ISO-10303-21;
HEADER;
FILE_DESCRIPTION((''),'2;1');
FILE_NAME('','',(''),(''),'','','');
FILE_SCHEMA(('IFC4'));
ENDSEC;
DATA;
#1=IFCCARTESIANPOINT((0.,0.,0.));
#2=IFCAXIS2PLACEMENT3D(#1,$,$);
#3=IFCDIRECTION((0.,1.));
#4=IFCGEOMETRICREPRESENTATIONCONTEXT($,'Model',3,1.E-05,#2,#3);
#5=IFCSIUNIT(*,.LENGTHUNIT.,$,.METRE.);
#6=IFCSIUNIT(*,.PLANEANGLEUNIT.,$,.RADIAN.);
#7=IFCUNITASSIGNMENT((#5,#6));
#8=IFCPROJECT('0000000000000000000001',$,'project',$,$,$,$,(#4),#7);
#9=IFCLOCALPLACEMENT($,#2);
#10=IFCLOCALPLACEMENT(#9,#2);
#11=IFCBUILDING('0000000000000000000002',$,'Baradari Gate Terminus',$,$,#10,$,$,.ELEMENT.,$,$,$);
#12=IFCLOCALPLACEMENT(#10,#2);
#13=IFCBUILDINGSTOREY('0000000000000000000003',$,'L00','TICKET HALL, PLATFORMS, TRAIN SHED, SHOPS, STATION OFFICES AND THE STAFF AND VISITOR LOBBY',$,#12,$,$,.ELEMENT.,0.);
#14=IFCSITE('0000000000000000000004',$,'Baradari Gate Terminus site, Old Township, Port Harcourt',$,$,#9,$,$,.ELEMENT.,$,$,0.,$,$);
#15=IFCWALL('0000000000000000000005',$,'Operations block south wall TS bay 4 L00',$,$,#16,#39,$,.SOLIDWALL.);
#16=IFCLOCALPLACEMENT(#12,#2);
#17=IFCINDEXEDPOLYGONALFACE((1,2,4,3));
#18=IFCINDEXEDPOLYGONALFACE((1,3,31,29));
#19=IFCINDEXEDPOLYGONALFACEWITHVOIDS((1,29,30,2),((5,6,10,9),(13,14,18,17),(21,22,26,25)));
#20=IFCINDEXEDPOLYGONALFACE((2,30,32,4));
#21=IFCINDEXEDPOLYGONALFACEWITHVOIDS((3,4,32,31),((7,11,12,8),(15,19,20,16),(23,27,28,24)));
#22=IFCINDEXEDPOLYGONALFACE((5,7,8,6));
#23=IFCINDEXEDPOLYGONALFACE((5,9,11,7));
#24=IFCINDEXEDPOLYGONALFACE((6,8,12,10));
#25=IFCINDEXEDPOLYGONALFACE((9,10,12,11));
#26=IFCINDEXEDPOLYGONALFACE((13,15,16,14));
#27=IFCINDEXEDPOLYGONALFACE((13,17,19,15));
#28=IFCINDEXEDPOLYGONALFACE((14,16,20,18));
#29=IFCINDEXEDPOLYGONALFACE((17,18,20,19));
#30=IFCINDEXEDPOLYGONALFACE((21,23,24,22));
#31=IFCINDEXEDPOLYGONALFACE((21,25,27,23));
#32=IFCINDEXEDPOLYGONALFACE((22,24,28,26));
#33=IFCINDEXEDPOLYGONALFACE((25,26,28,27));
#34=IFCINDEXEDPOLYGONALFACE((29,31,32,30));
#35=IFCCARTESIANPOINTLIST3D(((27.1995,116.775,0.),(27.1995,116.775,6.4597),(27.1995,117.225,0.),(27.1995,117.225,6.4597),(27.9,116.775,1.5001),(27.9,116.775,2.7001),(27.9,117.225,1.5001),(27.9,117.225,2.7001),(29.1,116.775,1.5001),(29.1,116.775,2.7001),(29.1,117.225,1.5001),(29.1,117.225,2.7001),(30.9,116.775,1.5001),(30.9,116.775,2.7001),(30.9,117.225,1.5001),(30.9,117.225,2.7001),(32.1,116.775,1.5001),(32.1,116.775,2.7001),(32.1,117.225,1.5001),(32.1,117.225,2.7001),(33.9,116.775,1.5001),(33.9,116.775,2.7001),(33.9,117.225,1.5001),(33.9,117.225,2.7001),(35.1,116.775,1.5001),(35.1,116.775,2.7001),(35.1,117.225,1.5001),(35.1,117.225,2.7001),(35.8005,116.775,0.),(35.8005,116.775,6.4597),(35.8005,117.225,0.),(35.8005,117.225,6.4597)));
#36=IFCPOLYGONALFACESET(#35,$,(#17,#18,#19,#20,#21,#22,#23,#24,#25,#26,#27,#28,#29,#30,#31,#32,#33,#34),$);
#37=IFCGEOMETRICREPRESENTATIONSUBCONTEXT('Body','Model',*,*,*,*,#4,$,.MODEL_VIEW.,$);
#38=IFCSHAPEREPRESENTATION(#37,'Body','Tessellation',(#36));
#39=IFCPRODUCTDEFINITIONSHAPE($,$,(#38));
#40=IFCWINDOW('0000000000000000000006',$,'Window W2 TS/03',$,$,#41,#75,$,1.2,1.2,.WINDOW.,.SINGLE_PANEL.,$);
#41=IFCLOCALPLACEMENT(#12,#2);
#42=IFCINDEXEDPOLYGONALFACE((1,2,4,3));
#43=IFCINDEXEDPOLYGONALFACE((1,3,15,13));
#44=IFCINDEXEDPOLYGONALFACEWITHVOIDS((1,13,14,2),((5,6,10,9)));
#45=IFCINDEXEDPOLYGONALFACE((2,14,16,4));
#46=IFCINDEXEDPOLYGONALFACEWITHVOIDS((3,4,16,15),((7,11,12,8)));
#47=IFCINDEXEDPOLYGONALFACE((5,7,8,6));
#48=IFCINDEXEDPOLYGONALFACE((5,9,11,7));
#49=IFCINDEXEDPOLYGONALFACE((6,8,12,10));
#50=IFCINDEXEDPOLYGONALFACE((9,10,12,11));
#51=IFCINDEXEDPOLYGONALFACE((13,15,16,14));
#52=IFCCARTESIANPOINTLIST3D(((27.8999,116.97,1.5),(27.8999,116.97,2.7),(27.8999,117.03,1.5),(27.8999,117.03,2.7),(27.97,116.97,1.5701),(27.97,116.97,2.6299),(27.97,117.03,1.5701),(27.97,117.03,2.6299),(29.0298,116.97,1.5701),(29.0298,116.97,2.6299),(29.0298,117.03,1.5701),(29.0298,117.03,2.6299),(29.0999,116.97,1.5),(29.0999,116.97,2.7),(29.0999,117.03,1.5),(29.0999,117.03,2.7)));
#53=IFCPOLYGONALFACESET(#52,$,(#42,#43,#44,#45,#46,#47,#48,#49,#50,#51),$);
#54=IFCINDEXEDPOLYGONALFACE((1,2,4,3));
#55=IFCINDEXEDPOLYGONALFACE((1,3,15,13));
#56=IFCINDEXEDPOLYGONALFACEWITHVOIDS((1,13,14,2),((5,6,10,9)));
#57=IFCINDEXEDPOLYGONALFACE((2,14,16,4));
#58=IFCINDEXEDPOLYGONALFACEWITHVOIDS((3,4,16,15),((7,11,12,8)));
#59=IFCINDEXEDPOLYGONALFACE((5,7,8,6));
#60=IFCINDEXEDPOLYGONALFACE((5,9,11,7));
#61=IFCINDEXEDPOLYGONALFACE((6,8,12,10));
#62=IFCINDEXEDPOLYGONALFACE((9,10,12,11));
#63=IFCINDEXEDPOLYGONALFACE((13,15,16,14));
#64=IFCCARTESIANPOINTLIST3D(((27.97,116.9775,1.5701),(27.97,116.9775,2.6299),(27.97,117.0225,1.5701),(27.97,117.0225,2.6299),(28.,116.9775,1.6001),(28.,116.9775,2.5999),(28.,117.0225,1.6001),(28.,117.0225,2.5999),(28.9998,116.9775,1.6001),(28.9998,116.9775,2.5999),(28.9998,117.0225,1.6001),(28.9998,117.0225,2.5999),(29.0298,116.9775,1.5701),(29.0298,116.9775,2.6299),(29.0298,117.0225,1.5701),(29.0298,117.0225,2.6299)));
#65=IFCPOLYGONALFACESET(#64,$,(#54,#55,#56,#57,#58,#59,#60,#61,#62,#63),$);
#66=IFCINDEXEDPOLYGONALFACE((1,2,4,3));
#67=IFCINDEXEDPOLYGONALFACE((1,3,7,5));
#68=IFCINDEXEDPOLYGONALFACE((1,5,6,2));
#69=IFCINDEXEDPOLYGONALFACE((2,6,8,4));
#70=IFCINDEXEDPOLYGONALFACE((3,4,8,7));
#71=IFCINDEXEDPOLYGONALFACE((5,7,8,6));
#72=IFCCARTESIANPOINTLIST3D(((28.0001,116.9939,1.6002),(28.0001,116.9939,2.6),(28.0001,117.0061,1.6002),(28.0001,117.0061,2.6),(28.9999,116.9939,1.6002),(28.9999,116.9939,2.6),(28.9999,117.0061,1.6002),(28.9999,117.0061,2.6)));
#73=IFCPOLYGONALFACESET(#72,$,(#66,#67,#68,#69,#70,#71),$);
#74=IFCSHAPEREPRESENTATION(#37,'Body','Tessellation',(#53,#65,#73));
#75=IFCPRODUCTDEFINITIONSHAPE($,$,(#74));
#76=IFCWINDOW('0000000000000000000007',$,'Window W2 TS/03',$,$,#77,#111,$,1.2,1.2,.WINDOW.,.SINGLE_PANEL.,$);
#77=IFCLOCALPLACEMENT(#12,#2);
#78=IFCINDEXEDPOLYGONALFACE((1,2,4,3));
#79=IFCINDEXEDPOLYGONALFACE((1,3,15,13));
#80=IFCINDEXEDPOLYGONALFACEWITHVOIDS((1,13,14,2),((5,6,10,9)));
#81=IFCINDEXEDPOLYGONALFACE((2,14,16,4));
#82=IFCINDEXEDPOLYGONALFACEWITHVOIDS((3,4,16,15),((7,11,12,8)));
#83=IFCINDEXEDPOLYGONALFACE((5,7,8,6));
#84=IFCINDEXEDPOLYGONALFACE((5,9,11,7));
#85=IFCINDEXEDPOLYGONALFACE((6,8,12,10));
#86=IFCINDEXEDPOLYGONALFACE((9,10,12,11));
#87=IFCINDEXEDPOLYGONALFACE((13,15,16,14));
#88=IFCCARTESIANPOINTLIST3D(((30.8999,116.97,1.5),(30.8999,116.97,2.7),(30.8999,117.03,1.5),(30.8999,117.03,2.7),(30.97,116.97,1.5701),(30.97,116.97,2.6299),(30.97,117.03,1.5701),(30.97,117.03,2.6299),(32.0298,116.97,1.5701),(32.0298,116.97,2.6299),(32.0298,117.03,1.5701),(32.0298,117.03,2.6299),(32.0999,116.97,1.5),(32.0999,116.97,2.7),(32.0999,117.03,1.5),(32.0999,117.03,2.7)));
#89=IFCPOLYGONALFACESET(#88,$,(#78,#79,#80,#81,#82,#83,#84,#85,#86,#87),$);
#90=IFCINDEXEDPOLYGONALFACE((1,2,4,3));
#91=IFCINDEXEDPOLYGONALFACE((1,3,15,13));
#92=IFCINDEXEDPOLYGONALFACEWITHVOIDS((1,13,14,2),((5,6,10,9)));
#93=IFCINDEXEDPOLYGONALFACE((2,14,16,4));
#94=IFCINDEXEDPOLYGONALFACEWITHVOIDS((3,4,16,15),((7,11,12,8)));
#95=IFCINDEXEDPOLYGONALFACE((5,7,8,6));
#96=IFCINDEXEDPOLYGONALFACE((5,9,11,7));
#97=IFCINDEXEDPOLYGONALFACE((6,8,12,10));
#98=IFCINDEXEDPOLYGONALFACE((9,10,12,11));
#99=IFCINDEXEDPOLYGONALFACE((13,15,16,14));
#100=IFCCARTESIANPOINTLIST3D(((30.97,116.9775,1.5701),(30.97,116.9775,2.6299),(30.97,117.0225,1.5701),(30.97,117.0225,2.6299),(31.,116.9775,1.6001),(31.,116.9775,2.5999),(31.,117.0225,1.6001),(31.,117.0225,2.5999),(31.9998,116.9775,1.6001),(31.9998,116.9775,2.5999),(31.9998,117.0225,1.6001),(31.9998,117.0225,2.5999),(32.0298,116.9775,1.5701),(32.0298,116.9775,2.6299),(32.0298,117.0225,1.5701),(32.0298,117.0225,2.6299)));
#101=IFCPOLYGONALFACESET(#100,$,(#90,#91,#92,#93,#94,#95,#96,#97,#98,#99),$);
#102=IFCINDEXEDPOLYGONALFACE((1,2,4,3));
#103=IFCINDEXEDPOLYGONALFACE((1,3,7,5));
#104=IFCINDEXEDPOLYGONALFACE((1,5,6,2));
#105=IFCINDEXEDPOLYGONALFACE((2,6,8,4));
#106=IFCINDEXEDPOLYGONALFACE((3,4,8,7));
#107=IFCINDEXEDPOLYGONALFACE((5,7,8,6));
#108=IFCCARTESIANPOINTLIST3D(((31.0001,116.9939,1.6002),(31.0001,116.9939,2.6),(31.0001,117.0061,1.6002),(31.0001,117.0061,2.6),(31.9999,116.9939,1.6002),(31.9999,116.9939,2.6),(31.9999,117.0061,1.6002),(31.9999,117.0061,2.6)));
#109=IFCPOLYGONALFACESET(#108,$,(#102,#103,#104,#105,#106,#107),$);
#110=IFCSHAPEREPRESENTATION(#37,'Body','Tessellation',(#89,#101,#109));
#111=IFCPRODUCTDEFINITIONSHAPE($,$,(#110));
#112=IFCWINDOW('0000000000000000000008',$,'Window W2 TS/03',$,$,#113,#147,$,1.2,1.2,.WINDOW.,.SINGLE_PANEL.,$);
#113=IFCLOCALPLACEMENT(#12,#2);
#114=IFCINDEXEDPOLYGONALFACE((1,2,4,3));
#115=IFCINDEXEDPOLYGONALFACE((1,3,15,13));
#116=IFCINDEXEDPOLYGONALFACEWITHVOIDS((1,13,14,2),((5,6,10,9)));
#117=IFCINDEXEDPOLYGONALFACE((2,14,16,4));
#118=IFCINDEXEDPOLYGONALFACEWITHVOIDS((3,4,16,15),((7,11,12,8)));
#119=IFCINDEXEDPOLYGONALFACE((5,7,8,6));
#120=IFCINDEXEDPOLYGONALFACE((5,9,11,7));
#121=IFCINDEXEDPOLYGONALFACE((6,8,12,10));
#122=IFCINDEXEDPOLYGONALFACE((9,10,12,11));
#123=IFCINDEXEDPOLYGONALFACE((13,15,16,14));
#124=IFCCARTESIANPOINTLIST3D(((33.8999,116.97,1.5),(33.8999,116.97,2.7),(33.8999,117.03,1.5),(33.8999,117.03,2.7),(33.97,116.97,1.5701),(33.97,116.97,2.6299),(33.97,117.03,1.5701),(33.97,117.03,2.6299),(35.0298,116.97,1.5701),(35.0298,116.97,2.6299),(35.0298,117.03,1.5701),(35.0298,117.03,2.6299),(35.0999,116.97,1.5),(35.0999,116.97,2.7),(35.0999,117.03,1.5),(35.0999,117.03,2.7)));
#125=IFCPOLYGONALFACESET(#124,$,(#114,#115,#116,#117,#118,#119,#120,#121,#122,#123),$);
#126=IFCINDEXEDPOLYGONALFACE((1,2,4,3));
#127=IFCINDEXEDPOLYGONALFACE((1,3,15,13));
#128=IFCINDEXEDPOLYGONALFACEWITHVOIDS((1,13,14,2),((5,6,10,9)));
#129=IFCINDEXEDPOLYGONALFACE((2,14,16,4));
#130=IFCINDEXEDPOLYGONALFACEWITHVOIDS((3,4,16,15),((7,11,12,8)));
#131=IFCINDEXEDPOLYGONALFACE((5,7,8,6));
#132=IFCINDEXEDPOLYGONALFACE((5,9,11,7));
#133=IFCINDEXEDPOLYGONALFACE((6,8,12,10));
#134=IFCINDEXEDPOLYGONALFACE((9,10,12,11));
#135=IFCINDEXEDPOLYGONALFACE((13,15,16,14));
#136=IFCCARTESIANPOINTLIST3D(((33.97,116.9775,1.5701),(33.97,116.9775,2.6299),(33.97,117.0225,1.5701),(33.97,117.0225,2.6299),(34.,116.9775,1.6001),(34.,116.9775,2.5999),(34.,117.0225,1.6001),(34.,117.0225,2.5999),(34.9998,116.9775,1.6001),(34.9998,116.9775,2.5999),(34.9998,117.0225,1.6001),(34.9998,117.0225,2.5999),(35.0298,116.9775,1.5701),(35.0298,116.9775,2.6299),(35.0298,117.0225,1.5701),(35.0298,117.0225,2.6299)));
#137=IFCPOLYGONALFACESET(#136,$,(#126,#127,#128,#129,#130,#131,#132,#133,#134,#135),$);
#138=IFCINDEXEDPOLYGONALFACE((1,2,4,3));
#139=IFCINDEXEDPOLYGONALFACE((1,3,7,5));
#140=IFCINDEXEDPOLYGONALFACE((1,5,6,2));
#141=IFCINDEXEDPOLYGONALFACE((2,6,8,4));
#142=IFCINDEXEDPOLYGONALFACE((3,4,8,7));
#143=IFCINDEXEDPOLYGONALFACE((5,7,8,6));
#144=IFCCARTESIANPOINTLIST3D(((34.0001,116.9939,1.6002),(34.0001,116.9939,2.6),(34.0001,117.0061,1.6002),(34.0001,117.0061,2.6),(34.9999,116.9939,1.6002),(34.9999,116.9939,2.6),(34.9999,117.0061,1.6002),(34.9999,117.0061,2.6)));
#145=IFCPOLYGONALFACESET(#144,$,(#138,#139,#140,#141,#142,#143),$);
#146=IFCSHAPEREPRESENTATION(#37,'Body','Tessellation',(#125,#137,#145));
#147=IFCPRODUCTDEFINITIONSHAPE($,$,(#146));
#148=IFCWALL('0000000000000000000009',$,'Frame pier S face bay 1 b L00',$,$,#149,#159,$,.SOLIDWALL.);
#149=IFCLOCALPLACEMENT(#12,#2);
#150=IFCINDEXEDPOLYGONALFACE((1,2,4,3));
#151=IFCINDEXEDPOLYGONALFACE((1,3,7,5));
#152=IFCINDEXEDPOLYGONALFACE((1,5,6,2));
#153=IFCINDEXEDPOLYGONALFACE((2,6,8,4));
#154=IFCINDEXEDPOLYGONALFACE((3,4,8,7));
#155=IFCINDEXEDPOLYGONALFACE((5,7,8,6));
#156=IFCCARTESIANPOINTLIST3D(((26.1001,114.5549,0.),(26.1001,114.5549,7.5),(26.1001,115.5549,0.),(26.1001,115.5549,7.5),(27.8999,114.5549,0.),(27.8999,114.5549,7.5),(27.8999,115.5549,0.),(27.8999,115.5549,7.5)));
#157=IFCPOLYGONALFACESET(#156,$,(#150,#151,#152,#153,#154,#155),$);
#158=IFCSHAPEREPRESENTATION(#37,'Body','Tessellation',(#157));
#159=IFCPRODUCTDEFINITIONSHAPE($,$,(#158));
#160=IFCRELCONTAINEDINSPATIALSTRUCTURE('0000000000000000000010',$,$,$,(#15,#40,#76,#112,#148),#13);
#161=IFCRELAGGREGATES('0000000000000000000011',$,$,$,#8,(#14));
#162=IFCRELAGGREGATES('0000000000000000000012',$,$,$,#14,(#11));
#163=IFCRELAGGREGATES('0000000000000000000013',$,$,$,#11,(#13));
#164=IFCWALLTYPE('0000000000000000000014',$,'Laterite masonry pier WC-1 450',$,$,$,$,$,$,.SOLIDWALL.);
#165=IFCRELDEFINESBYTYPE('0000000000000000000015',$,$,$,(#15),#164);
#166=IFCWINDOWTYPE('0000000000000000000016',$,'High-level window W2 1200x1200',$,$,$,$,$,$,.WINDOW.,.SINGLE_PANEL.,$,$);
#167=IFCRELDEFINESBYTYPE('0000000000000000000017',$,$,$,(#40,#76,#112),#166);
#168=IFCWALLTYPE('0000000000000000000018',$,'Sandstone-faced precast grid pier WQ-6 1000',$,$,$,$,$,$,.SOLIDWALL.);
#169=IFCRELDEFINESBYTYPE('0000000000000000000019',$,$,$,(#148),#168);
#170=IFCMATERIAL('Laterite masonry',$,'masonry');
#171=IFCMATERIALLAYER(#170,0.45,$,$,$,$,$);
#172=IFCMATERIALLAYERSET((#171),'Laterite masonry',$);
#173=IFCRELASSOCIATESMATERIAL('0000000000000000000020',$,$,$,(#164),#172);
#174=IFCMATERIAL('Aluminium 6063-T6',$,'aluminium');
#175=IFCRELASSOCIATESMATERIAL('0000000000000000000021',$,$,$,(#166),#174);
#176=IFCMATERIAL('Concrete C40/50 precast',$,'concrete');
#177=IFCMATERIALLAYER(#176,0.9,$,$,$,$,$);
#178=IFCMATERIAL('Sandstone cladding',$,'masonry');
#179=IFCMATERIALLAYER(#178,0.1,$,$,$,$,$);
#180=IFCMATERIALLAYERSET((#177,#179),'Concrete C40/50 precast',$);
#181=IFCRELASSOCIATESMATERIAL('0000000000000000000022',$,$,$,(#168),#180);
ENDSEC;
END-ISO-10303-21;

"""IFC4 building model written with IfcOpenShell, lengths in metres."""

from ifc_helpers import new_model, si_unit, direction, frame, frame_2d, origin, place, context, subcontext, project, spatial, polyline, rectangle, outline, extrude, material, layer, layer_set, type_object, element, fill, save


model = new_model("IFC4")

# Units and contexts
model_context = context("Model", 3, precision=1e-05, world=origin(), true_north=direction((0.0, 1.0)))
body_context = subcontext(model_context, "Body", "Model", "MODEL_VIEW")
ifc_project = project(units=[si_unit("LENGTHUNIT", "METRE"), si_unit("PLANEANGLEUNIT", "RADIAN")], contexts=[model_context])

# Site, building, storey
site_placement = place(None, origin())
site = spatial("IfcSite", under=ifc_project, at=site_placement, Name="Baradari Gate Terminus site, Old Township, Port Harcourt", CompositionType="ELEMENT", RefElevation=0.0)
building_placement = place(site_placement, origin())
building = spatial("IfcBuilding", under=site, at=building_placement, Name="Baradari Gate Terminus", CompositionType="ELEMENT")
storey_placement = place(building_placement, origin())
storey = spatial("IfcBuildingStorey", under=building, at=storey_placement, Name="L00", Description="TICKET HALL, PLATFORMS, TRAIN SHED, SHOPS, STATION OFFICES AND THE STAFF AND VISITOR LOBBY", CompositionType="ELEMENT", Elevation=0.0)

# Wall, openings, windows
ifc_material_1 = material(Name="Laterite masonry", Category="masonry")
ifc_layer_1 = layer(ifc_material_1, 0.45)
ifc_layer_set_1 = layer_set([ifc_layer_1], Name="Laterite masonry")
wall_type_1 = type_object("IfcWallType", Name="Laterite masonry pier WC-1 450", PredefinedType="SOLIDWALL", material=ifc_layer_set_1)
ifc_material_2 = material(Name="Aluminium 6063-T6", Category="aluminium")
window_type = type_object("IfcWindowType", Name="High-level window W2 1200x1200", PartitioningType="SINGLE_PANEL", PredefinedType="WINDOW", material=ifc_material_2)
wall_1_placement = place(storey_placement, frame((27.1995, 117.0, 0.0), z_axis=(0.0, 0.0, 1.0), x_axis=(1.0, 0.0, 0.0)))
wall_1 = element("IfcWall", 1, at=wall_1_placement, inside=storey, type_object=wall_type_1, Name="Operations block south wall TS bay 4 L00", PredefinedType="SOLIDWALL", context=body_context, shape_type="SweptSolid", body=[
    extrude(rectangle(XDim=8.6011, YDim=0.45, at=frame_2d((4.3005, 0.0))), origin(), (0.0, 0.0, 1.0), 6.4597),
])
opening_1_placement = place(wall_1_placement, frame((0.7004, 0.0, 1.5)))
opening_1 = element("IfcOpeningElement", 2, at=opening_1_placement, cuts=wall_1, PredefinedType="OPENING", context=body_context, shape_type="SweptSolid", body=[
    extrude(rectangle(XDim=1.2, YDim=1.2, at=frame_2d((0.6001, 0.6001))), frame((0.0, 0.2349, 0.0), z_axis=(0.0, -1.0, 0.0), x_axis=(1.0, 0.0, 0.0)), (0.0, 0.0, 1.0), 0.47),
])
opening_2_placement = place(wall_1_placement, frame((3.7004, 0.0, 1.5)))
opening_2 = element("IfcOpeningElement", 3, at=opening_2_placement, cuts=wall_1, PredefinedType="OPENING", context=body_context, shape_type="SweptSolid", body=[
    extrude(rectangle(XDim=1.2, YDim=1.2, at=frame_2d((0.6001, 0.6001))), frame((0.0, 0.2349, 0.0), z_axis=(0.0, -1.0, 0.0), x_axis=(1.0, 0.0, 0.0)), (0.0, 0.0, 1.0), 0.47),
])
opening_3_placement = place(wall_1_placement, frame((6.7004, 0.0, 1.5)))
opening_3 = element("IfcOpeningElement", 4, at=opening_3_placement, cuts=wall_1, PredefinedType="OPENING", context=body_context, shape_type="SweptSolid", body=[
    extrude(rectangle(XDim=1.2, YDim=1.2, at=frame_2d((0.6001, 0.6001))), frame((0.0, 0.2349, 0.0), z_axis=(0.0, -1.0, 0.0), x_axis=(1.0, 0.0, 0.0)), (0.0, 0.0, 1.0), 0.47),
])
window_1_placement = place(opening_1_placement, origin())
window_1 = element("IfcWindow", 5, at=window_1_placement, inside=storey, type_object=window_type, Name="Window W2 TS/03", OverallHeight=1.2, OverallWidth=1.2, PartitioningType="SINGLE_PANEL", PredefinedType="WINDOW", context=body_context, shape_type="SweptSolid", body=[
    extrude(outline(polyline([(0.0, 0.0), (1.2, 0.0), (1.2, 1.2), (0.0, 1.2), (0.0, 0.0)]), holes=[polyline([(0.0701, 0.0701), (1.1299, 0.0701), (1.1299, 1.1299), (0.0701, 1.1299), (0.0701, 0.0701)])]), frame((0.0, 0.03, 0.0), z_axis=(0.0, -1.0, 0.0), x_axis=(1.0, 0.0, 0.0)), (0.0, 0.0, 1.0), 0.0601),
    extrude(outline(polyline([(0.0701, 0.0701), (1.1299, 0.0701), (1.1299, 1.1299), (0.0701, 1.1299), (0.0701, 0.0701)]), holes=[polyline([(0.1001, 0.1001), (1.0999, 0.1001), (1.0999, 1.0999), (0.1001, 1.0999), (0.1001, 0.1001)])]), frame((0.0, 0.0225, 0.0), z_axis=(0.0, -1.0, 0.0), x_axis=(1.0, 0.0, 0.0)), (0.0, 0.0, 1.0), 0.0449),
    extrude(rectangle(XDim=0.9998, YDim=0.9998, at=frame_2d((0.6001, 0.6001))), frame((0.0, 0.0061, 0.0), z_axis=(0.0, -1.0, 0.0), x_axis=(1.0, 0.0, 0.0)), (0.0, 0.0, 1.0), 0.0122),
])
fill(opening_1, window_1)
window_2_placement = place(opening_2_placement, origin())
window_2 = element("IfcWindow", 6, at=window_2_placement, inside=storey, type_object=window_type, Name="Window W2 TS/03", OverallHeight=1.2, OverallWidth=1.2, PartitioningType="SINGLE_PANEL", PredefinedType="WINDOW", context=body_context, shape_type="SweptSolid", body=[
    extrude(outline(polyline([(0.0, 0.0), (1.2, 0.0), (1.2, 1.2), (0.0, 1.2), (0.0, 0.0)]), holes=[polyline([(0.0701, 0.0701), (1.1299, 0.0701), (1.1299, 1.1299), (0.0701, 1.1299), (0.0701, 0.0701)])]), frame((0.0, 0.03, 0.0), z_axis=(0.0, -1.0, 0.0), x_axis=(1.0, 0.0, 0.0)), (0.0, 0.0, 1.0), 0.0601),
    extrude(outline(polyline([(0.0701, 0.0701), (1.1299, 0.0701), (1.1299, 1.1299), (0.0701, 1.1299), (0.0701, 0.0701)]), holes=[polyline([(0.1001, 0.1001), (1.0999, 0.1001), (1.0999, 1.0999), (0.1001, 1.0999), (0.1001, 0.1001)])]), frame((0.0, 0.0225, 0.0), z_axis=(0.0, -1.0, 0.0), x_axis=(1.0, 0.0, 0.0)), (0.0, 0.0, 1.0), 0.0449),
    extrude(rectangle(XDim=0.9998, YDim=0.9998, at=frame_2d((0.6001, 0.6001))), frame((0.0, 0.0061, 0.0), z_axis=(0.0, -1.0, 0.0), x_axis=(1.0, 0.0, 0.0)), (0.0, 0.0, 1.0), 0.0122),
])
fill(opening_2, window_2)
window_3_placement = place(opening_3_placement, origin())
window_3 = element("IfcWindow", 7, at=window_3_placement, inside=storey, type_object=window_type, Name="Window W2 TS/03", OverallHeight=1.2, OverallWidth=1.2, PartitioningType="SINGLE_PANEL", PredefinedType="WINDOW", context=body_context, shape_type="SweptSolid", body=[
    extrude(outline(polyline([(0.0, 0.0), (1.2, 0.0), (1.2, 1.2), (0.0, 1.2), (0.0, 0.0)]), holes=[polyline([(0.0701, 0.0701), (1.1299, 0.0701), (1.1299, 1.1299), (0.0701, 1.1299), (0.0701, 0.0701)])]), frame((0.0, 0.03, 0.0), z_axis=(0.0, -1.0, 0.0), x_axis=(1.0, 0.0, 0.0)), (0.0, 0.0, 1.0), 0.0601),
    extrude(outline(polyline([(0.0701, 0.0701), (1.1299, 0.0701), (1.1299, 1.1299), (0.0701, 1.1299), (0.0701, 0.0701)]), holes=[polyline([(0.1001, 0.1001), (1.0999, 0.1001), (1.0999, 1.0999), (0.1001, 1.0999), (0.1001, 0.1001)])]), frame((0.0, 0.0225, 0.0), z_axis=(0.0, -1.0, 0.0), x_axis=(1.0, 0.0, 0.0)), (0.0, 0.0, 1.0), 0.0449),
    extrude(rectangle(XDim=0.9998, YDim=0.9998, at=frame_2d((0.6001, 0.6001))), frame((0.0, 0.0061, 0.0), z_axis=(0.0, -1.0, 0.0), x_axis=(1.0, 0.0, 0.0)), (0.0, 0.0, 1.0), 0.0122),
])
fill(opening_3, window_3)

# Wall
ifc_material_3 = material(Name="Concrete C40/50 precast", Category="concrete")
ifc_layer_2 = layer(ifc_material_3, 0.9)
ifc_material_4 = material(Name="Sandstone cladding", Category="masonry")
ifc_layer_3 = layer(ifc_material_4, 0.1)
ifc_layer_set_2 = layer_set([ifc_layer_2, ifc_layer_3], Name="Concrete C40/50 precast")
wall_type_2 = type_object("IfcWallType", Name="Sandstone-faced precast grid pier WQ-6 1000", PredefinedType="SOLIDWALL", material=ifc_layer_set_2)
wall_2_placement = place(storey_placement, frame((26.1001, 115.0549, 0.0), z_axis=(0.0, 0.0, 1.0), x_axis=(1.0, 0.0, 0.0)))
element("IfcWall", 8, at=wall_2_placement, inside=storey, type_object=wall_type_2, Name="Frame pier S face bay 1 b L00", PredefinedType="SOLIDWALL", context=body_context, shape_type="SweptSolid", body=[
    extrude(rectangle(XDim=1.7998, YDim=1.0, at=frame_2d((0.8999, 0.0))), origin(), (0.0, 0.0, 1.0), 7.5),
])

save(model, "model.ifc")
